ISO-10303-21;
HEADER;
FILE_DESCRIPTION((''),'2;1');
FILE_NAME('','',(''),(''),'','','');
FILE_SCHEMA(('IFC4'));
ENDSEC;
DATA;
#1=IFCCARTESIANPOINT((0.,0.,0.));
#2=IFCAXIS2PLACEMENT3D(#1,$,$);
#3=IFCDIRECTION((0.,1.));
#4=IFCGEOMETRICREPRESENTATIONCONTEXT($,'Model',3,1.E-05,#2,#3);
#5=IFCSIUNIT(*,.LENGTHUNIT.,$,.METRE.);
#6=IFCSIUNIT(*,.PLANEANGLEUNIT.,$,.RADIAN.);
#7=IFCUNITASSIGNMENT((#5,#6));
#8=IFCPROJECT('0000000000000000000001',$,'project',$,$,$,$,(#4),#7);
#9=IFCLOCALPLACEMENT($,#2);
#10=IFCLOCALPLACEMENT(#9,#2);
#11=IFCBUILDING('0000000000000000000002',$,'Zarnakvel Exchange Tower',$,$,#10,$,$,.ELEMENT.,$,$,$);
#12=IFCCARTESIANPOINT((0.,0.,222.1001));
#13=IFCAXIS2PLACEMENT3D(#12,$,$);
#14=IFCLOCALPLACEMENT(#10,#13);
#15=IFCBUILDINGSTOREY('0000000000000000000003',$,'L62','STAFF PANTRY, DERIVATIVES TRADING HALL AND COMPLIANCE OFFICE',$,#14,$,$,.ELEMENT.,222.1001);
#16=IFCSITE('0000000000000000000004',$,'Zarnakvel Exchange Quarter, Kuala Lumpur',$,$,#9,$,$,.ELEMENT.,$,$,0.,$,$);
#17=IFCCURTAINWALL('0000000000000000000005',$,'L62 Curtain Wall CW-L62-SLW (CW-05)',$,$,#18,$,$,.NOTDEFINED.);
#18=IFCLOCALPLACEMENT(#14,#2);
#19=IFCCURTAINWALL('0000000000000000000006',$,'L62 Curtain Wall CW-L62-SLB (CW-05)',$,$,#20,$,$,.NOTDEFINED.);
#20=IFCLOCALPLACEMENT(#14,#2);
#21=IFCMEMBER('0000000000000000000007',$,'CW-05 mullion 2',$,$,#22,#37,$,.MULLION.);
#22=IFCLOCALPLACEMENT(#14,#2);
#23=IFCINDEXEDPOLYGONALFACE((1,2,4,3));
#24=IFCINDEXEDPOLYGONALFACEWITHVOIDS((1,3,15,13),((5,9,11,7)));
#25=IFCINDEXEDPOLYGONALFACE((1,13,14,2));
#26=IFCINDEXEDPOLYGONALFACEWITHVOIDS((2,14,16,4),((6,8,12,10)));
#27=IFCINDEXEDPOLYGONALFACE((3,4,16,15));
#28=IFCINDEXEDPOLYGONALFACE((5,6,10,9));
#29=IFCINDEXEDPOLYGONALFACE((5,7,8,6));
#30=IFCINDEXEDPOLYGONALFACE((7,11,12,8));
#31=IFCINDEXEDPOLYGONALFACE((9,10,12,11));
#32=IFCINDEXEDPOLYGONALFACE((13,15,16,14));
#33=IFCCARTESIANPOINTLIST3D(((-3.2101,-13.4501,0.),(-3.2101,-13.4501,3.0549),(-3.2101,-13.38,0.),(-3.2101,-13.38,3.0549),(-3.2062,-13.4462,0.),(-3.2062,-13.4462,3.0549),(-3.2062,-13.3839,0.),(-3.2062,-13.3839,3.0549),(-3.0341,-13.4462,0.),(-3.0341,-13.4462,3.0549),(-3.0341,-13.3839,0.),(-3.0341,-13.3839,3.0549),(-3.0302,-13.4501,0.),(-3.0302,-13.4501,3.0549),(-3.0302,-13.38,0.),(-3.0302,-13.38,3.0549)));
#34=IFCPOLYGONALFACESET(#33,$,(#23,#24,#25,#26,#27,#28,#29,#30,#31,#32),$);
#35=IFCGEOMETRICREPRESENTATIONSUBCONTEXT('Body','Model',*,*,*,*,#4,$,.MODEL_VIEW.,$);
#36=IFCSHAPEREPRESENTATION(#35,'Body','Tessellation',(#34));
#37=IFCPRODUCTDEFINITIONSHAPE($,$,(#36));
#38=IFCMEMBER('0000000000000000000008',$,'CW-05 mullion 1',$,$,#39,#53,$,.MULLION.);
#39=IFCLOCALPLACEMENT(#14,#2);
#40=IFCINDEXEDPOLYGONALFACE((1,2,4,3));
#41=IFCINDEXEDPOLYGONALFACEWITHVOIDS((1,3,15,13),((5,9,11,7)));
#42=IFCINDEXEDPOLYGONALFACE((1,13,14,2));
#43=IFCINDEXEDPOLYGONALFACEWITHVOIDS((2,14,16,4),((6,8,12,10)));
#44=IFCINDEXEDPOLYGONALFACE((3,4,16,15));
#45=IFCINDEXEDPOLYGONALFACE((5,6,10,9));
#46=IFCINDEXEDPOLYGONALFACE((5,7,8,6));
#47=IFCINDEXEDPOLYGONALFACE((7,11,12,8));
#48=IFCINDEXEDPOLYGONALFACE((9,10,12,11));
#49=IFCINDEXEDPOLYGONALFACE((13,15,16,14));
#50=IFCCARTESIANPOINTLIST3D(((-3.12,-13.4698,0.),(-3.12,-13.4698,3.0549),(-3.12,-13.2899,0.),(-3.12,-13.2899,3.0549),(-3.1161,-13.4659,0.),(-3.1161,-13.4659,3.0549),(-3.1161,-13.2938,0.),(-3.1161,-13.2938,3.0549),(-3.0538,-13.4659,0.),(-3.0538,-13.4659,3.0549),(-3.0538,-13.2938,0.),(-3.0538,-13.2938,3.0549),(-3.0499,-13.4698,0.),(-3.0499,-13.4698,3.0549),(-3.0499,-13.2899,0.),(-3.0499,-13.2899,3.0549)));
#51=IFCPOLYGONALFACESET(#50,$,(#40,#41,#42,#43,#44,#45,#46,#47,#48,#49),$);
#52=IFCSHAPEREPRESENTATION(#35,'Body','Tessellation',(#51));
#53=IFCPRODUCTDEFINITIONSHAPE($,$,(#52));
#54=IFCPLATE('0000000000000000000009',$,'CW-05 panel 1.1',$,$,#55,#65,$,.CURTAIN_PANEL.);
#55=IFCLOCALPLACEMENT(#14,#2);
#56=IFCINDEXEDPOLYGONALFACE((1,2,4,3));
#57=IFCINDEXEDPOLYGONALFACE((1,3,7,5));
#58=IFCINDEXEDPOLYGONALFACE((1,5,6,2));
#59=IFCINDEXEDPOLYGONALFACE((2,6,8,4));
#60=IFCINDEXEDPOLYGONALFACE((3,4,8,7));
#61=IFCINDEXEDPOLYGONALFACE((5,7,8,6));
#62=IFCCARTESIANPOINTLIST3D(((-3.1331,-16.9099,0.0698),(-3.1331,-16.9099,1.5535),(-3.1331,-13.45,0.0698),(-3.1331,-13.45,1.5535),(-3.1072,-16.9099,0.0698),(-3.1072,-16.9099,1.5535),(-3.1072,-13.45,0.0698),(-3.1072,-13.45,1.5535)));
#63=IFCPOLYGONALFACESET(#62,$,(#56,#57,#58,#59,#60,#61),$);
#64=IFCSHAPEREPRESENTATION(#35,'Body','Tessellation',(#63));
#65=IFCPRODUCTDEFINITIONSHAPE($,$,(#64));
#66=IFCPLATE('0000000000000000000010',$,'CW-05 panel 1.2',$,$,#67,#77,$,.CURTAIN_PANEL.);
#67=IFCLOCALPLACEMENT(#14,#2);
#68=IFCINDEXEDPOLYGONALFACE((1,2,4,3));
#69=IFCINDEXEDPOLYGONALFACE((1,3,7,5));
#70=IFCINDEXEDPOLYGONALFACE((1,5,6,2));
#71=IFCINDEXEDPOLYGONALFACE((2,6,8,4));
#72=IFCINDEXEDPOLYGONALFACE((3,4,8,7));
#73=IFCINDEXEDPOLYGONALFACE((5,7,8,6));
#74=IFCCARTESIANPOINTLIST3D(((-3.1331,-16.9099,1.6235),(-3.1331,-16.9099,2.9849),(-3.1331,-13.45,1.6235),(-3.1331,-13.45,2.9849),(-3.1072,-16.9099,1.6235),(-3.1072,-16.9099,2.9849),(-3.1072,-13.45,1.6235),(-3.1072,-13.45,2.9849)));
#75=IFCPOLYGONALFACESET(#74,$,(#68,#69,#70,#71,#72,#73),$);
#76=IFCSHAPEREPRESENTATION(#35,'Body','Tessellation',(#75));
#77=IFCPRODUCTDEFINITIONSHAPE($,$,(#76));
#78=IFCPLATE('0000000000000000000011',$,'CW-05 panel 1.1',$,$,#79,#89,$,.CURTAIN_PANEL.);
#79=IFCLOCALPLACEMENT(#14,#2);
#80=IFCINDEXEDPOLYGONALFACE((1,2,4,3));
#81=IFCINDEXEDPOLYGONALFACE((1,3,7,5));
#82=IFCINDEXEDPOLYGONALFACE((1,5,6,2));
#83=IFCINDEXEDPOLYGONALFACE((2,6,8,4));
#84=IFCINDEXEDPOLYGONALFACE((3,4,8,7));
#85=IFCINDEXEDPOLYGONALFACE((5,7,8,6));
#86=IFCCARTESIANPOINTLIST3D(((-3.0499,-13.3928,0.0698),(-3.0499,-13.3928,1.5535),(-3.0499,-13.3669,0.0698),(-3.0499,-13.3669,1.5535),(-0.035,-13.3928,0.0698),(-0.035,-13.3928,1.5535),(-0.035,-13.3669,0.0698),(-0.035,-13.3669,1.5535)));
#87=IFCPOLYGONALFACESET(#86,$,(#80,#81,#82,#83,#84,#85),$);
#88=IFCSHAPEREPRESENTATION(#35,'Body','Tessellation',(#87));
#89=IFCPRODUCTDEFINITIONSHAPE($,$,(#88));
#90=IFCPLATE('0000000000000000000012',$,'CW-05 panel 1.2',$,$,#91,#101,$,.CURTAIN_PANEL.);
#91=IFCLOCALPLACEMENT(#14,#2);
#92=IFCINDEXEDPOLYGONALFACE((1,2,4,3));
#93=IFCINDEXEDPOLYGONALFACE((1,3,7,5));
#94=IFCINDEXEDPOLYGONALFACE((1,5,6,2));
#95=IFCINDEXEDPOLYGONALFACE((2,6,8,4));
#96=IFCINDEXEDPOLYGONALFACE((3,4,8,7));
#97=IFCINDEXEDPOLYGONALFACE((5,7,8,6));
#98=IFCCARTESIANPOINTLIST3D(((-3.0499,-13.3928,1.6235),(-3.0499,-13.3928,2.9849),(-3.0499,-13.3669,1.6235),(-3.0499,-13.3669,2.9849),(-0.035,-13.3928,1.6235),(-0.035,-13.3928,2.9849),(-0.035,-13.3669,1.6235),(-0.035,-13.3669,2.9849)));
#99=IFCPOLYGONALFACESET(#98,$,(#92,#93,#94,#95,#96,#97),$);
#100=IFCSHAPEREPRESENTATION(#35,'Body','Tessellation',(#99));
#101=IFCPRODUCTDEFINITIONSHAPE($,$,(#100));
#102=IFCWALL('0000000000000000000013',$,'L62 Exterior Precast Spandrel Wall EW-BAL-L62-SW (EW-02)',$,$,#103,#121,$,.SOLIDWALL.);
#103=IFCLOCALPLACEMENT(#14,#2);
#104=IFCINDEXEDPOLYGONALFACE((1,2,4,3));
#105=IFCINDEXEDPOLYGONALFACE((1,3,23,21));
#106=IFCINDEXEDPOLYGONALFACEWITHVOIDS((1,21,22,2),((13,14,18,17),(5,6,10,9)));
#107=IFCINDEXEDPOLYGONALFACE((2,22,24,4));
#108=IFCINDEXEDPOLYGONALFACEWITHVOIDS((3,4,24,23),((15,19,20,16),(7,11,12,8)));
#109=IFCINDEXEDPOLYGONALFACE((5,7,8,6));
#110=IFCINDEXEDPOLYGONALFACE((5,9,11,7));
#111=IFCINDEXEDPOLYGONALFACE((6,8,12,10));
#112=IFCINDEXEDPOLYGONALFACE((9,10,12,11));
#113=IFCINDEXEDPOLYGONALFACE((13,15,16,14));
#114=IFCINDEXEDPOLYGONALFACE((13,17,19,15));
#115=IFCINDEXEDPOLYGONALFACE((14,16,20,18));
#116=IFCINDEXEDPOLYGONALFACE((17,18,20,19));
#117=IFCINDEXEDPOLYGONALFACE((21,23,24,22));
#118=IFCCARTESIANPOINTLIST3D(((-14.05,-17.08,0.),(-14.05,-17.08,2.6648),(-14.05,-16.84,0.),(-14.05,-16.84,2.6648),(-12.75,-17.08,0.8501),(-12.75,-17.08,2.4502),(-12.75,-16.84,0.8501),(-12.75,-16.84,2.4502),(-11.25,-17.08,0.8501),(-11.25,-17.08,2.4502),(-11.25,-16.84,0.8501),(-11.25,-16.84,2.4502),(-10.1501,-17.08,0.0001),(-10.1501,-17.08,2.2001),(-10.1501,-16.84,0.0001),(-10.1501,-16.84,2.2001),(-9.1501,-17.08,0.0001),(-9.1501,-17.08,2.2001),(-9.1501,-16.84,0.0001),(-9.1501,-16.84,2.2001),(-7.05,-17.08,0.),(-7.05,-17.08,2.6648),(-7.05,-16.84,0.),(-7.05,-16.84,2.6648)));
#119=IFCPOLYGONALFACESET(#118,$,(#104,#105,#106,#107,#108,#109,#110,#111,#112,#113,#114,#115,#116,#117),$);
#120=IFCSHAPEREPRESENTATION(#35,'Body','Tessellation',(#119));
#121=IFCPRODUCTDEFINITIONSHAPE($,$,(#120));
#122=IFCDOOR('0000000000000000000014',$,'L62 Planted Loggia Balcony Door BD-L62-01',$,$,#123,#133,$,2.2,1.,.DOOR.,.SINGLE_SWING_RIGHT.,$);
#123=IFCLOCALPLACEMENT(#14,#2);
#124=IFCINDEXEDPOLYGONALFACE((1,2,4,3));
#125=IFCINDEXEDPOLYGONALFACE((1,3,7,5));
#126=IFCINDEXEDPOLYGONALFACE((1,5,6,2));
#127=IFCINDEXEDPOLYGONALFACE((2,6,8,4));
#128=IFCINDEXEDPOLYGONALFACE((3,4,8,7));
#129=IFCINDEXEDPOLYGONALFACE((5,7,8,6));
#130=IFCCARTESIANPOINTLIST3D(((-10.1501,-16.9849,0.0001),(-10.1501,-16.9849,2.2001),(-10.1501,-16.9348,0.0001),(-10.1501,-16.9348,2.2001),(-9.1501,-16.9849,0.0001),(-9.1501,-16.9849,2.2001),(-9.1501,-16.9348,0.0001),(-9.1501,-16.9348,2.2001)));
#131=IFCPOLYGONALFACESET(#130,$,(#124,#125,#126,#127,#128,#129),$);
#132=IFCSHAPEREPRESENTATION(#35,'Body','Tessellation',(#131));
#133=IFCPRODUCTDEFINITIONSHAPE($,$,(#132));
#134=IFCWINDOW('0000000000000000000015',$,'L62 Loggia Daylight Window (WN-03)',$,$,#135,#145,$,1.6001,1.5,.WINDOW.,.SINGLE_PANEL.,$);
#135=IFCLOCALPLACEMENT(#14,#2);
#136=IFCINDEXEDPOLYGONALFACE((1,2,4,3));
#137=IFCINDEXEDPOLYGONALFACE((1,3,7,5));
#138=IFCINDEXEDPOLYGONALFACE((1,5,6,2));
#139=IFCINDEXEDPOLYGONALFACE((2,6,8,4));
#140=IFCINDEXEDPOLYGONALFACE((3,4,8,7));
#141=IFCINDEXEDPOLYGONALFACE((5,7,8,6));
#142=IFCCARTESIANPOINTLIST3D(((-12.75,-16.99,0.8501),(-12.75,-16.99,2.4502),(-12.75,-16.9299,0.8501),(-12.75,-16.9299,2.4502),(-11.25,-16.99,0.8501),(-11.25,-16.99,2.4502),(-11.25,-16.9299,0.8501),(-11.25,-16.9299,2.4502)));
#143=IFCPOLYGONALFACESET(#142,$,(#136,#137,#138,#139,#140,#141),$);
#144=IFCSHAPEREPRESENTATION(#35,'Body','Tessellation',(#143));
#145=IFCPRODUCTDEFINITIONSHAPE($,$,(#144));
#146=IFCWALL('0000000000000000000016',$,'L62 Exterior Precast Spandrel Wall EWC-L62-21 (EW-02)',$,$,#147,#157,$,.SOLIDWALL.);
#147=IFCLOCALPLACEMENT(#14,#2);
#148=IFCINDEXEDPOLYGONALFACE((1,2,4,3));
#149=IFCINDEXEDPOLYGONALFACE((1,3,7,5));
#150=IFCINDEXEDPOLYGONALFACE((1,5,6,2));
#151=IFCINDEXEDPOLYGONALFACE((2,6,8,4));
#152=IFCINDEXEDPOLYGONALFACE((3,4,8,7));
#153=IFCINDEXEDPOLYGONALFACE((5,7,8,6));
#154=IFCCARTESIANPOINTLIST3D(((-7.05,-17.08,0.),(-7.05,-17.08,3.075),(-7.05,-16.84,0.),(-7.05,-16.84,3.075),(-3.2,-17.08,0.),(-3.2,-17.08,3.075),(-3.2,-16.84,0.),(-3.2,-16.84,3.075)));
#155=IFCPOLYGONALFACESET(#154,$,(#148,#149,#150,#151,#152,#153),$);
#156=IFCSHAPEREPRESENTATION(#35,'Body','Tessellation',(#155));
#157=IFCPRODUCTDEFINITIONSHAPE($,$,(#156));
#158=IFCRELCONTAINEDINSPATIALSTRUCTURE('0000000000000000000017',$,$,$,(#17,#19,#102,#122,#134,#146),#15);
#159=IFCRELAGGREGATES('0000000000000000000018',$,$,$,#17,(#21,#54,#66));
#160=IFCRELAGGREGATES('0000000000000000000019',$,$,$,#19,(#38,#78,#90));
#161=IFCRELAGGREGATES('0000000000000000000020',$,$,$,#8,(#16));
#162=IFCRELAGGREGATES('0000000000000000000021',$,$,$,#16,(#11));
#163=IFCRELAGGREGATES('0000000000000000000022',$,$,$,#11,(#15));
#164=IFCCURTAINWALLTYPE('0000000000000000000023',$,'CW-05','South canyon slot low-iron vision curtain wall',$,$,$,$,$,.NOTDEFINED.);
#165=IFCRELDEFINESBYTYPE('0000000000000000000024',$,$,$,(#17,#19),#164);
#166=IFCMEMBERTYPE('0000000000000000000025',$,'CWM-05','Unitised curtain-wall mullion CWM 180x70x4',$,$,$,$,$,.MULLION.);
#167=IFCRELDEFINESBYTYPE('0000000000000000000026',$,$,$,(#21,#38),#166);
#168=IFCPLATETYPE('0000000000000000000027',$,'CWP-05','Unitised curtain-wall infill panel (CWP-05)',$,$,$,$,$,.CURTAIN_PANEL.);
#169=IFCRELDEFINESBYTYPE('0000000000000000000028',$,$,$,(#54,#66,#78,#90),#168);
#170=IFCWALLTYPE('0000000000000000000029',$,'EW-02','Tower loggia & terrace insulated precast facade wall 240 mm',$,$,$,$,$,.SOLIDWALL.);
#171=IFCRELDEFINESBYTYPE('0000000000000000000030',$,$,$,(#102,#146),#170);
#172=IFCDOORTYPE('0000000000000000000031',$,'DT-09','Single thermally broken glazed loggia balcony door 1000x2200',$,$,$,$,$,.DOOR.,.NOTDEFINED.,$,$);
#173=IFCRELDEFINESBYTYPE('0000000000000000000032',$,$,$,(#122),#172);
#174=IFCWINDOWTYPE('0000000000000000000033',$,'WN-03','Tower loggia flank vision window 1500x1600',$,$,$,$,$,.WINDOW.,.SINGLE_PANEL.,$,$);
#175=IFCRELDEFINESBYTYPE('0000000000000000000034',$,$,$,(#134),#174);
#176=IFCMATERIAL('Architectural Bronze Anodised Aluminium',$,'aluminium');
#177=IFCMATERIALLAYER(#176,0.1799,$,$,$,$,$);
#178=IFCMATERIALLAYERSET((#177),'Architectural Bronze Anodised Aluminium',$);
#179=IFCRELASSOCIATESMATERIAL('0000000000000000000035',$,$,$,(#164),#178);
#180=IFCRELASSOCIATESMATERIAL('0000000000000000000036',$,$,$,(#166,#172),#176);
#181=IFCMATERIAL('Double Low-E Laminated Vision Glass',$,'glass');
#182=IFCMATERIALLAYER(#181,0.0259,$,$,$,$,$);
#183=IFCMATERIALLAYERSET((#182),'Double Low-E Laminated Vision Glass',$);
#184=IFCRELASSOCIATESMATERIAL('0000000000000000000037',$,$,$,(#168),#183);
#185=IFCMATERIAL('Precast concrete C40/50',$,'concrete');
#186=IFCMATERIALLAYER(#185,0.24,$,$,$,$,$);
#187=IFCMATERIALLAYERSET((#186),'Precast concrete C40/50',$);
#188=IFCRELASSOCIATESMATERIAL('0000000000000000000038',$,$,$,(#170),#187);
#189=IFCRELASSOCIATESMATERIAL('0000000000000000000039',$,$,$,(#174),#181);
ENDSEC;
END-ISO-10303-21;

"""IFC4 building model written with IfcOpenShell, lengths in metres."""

from ifc_helpers import new_model, si_unit, direction, frame, frame_2d, origin, origin_2d, place, context, subcontext, project, spatial, rectangle, hollow_rectangle, extrude, source, transform, mapped, material, layer, layer_set, material_profile, profile_set, type_object, element, fill, aggregate, save


model = new_model("IFC4")

# Units and contexts
model_context = context("Model", 3, precision=1e-05, world=origin(), true_north=direction((0.0, 1.0)))
body_context = subcontext(model_context, "Body", "Model", "MODEL_VIEW")
ifc_project = project(units=[si_unit("LENGTHUNIT", "METRE"), si_unit("PLANEANGLEUNIT", "RADIAN")], contexts=[model_context])

# Site, building, storey
site_placement = place(None, origin())
site = spatial("IfcSite", under=ifc_project, at=site_placement, Name="Zarnakvel Exchange Quarter, Kuala Lumpur", CompositionType="ELEMENT", RefElevation=0.0)
building_placement = place(site_placement, origin())
building = spatial("IfcBuilding", under=site, at=building_placement, Name="Zarnakvel Exchange Tower", CompositionType="ELEMENT")
storey_placement = place(building_placement, frame((0.0, 0.0, 222.1001)))
storey = spatial("IfcBuildingStorey", under=building, at=storey_placement, Name="L62", Description="STAFF PANTRY, DERIVATIVES TRADING HALL AND COMPLIANCE OFFICE", CompositionType="ELEMENT", Elevation=222.1001)

# Curtain walls
ifc_material_1 = material(Name="Architectural Bronze Anodised Aluminium", Category="aluminium")
ifc_layer_1 = layer(ifc_material_1, 0.1799)
ifc_layer_set_1 = layer_set([ifc_layer_1], Name="Architectural Bronze Anodised Aluminium")
curtain_wall_type = type_object("IfcCurtainWallType", Name="CW-05", Description="South canyon slot low-iron vision curtain wall", PredefinedType="NOTDEFINED", material=ifc_layer_set_1)
curtain_wall_1_placement = place(storey_placement, origin())
curtain_wall_1 = element("IfcCurtainWall", 1, at=curtain_wall_1_placement, inside=storey, type_object=curtain_wall_type, Name="L62 Curtain Wall CW-L62-SLW (CW-05)", PredefinedType="NOTDEFINED")
curtain_wall_2_placement = place(storey_placement, origin())
curtain_wall_2 = element("IfcCurtainWall", 2, at=curtain_wall_2_placement, inside=storey, type_object=curtain_wall_type, Name="L62 Curtain Wall CW-L62-SLB (CW-05)", PredefinedType="NOTDEFINED")

# Members
ifc_material_profile_1 = material_profile(ifc_material_1, hollow_rectangle(XDim=0.1799, YDim=0.0701, WallThickness=0.0039, at=origin_2d()))
ifc_profile_set_1 = profile_set([ifc_material_profile_1], Name="Architectural Bronze Anodised Aluminium")
member_type_1 = type_object("IfcMemberType", Name="CWM-05", Description="Unitised curtain-wall mullion CWM 180x70x4", PredefinedType="MULLION", material=ifc_profile_set_1)
shared_shape_1 = source(origin(), body_context, "Body", "SweptSolid", [
    extrude(hollow_rectangle(XDim=0.1799, YDim=0.0701, WallThickness=0.0039, at=origin_2d()), origin(), (0.0, 0.0, 1.0), 3.0549),
])
member_1_placement = place(storey_placement, frame((-3.1201, -13.415, 0.0), z_axis=(0.0, 0.0, 1.0), x_axis=(-1.0, 0.0, 0.0)))
member_1 = element("IfcMember", 3, at=member_1_placement, type_object=member_type_1, Name="CW-05 mullion 2", PredefinedType="MULLION", context=body_context, shape_type="MappedRepresentation", body=[
    mapped(shared_shape_1, transform((0.0, 0.0, 0.0), x_axis=(1.0, 0.0, 0.0), y_axis=(0.0, 1.0, 0.0), z_axis=(0.0, 0.0, 1.0), scale=1.0)),
])
member_2_placement = place(storey_placement, frame((-3.085, -13.3799, 0.0), z_axis=(0.0, 0.0, 1.0), x_axis=(0.0, 1.0, 0.0)))
member_2 = element("IfcMember", 4, at=member_2_placement, type_object=member_type_1, Name="CW-05 mullion 1", PredefinedType="MULLION", context=body_context, shape_type="MappedRepresentation", body=[
    mapped(shared_shape_1, transform((0.0, 0.0, 0.0), x_axis=(1.0, 0.0, 0.0), y_axis=(0.0, 1.0, 0.0), z_axis=(0.0, 0.0, 1.0), scale=1.0)),
])

# Plates
ifc_material_2 = material(Name="Double Low-E Laminated Vision Glass", Category="glass")
ifc_layer_2 = layer(ifc_material_2, 0.0259)
ifc_layer_set_2 = layer_set([ifc_layer_2], Name="Double Low-E Laminated Vision Glass")
plate_type = type_object("IfcPlateType", Name="CWP-05", Description="Unitised curtain-wall infill panel (CWP-05)", PredefinedType="CURTAIN_PANEL", material=ifc_layer_set_2)
shared_shape_2 = source(origin(), body_context, "Body", "SweptSolid", [
    extrude(rectangle(XDim=3.46, YDim=0.0259, at=origin_2d()), origin(), (0.0, 0.0, 1.0), 1.4836),
])
plate_1_placement = place(storey_placement, frame((-3.1201, -15.1799, 0.0698), z_axis=(0.0, 0.0, 1.0), x_axis=(0.0, 1.0, 0.0)))
plate_1 = element("IfcPlate", 5, at=plate_1_placement, type_object=plate_type, Name="CW-05 panel 1.1", PredefinedType="CURTAIN_PANEL", context=body_context, shape_type="MappedRepresentation", body=[
    mapped(shared_shape_2, transform((0.0, 0.0, 0.0), x_axis=(1.0, 0.0, 0.0), y_axis=(0.0, 1.0, 0.0), z_axis=(0.0, 0.0, 1.0), scale=1.0)),
])
shared_shape_3 = source(origin(), body_context, "Body", "SweptSolid", [
    extrude(rectangle(XDim=3.46, YDim=0.0259, at=origin_2d()), origin(), (0.0, 0.0, 1.0), 1.3613),
])
plate_2_placement = place(storey_placement, frame((-3.1201, -15.1799, 1.6235), z_axis=(0.0, 0.0, 1.0), x_axis=(0.0, 1.0, 0.0)))
plate_2 = element("IfcPlate", 6, at=plate_2_placement, type_object=plate_type, Name="CW-05 panel 1.2", PredefinedType="CURTAIN_PANEL", context=body_context, shape_type="MappedRepresentation", body=[
    mapped(shared_shape_3, transform((0.0, 0.0, 0.0), x_axis=(1.0, 0.0, 0.0), y_axis=(0.0, 1.0, 0.0), z_axis=(0.0, 0.0, 1.0), scale=1.0)),
])
aggregate(curtain_wall_1, [member_1, plate_1, plate_2])
shared_shape_4 = source(origin(), body_context, "Body", "SweptSolid", [
    extrude(rectangle(XDim=3.0149, YDim=0.0259, at=origin_2d()), origin(), (0.0, 0.0, 1.0), 1.4836),
])
plate_3_placement = place(storey_placement, frame((-1.5425, -13.3799, 0.0698), z_axis=(0.0, 0.0, 1.0), x_axis=(1.0, 0.0, 0.0)))
plate_3 = element("IfcPlate", 7, at=plate_3_placement, type_object=plate_type, Name="CW-05 panel 1.1", PredefinedType="CURTAIN_PANEL", context=body_context, shape_type="MappedRepresentation", body=[
    mapped(shared_shape_4, transform((0.0, 0.0, 0.0), x_axis=(1.0, 0.0, 0.0), y_axis=(0.0, 1.0, 0.0), z_axis=(0.0, 0.0, 1.0), scale=1.0)),
])
shared_shape_5 = source(origin(), body_context, "Body", "SweptSolid", [
    extrude(rectangle(XDim=3.0149, YDim=0.0259, at=origin_2d()), origin(), (0.0, 0.0, 1.0), 1.3613),
])
plate_4_placement = place(storey_placement, frame((-1.5425, -13.3799, 1.6235), z_axis=(0.0, 0.0, 1.0), x_axis=(1.0, 0.0, 0.0)))
plate_4 = element("IfcPlate", 8, at=plate_4_placement, type_object=plate_type, Name="CW-05 panel 1.2", PredefinedType="CURTAIN_PANEL", context=body_context, shape_type="MappedRepresentation", body=[
    mapped(shared_shape_5, transform((0.0, 0.0, 0.0), x_axis=(1.0, 0.0, 0.0), y_axis=(0.0, 1.0, 0.0), z_axis=(0.0, 0.0, 1.0), scale=1.0)),
])
aggregate(curtain_wall_2, [member_2, plate_3, plate_4])

# Wall, openings, door, window
ifc_material_3 = material(Name="Precast concrete C40/50", Category="concrete")
ifc_layer_3 = layer(ifc_material_3, 0.24)
ifc_layer_set_3 = layer_set([ifc_layer_3], Name="Precast concrete C40/50")
wall_type_1 = type_object("IfcWallType", Name="EW-02", Description="Tower loggia & terrace insulated precast facade wall 240 mm", PredefinedType="SOLIDWALL", material=ifc_layer_set_3)
wall_1_placement = place(storey_placement, frame((-7.05, -16.96, 0.0), z_axis=(0.0, 0.0, 1.0), x_axis=(-1.0, 0.0, 0.0)))
wall_1 = element("IfcWall", 9, at=wall_1_placement, inside=storey, type_object=wall_type_1, Name="L62 Exterior Precast Spandrel Wall EW-BAL-L62-SW (EW-02)", PredefinedType="SOLIDWALL", context=body_context, shape_type="SweptSolid", body=[
    extrude(rectangle(XDim=7.0, YDim=0.24, at=frame_2d((3.5, 0.0))), origin(), (0.0, 0.0, 1.0), 2.6648),
])
opening_1_placement = place(wall_1_placement, frame((2.1001, 0.0, 0.0)))
opening_1 = element("IfcOpeningElement", 10, at=opening_1_placement, cuts=wall_1, PredefinedType="OPENING", context=body_context, shape_type="SweptSolid", body=[
    extrude(rectangle(XDim=1.0, YDim=2.2, at=frame_2d((0.5, 1.1001))), frame((0.0, 0.1299, 0.0), z_axis=(0.0, -1.0, 0.0), x_axis=(1.0, 0.0, 0.0)), (0.0, 0.0, 1.0), 0.26),
])
opening_2_placement = place(wall_1_placement, frame((4.2, 0.0, 0.8501)))
opening_2 = element("IfcOpeningElement", 11, at=opening_2_placement, cuts=wall_1, PredefinedType="OPENING", context=body_context, shape_type="SweptSolid", body=[
    extrude(rectangle(XDim=1.5, YDim=1.6001, at=frame_2d((0.75, 0.8))), frame((0.0, 0.1299, 0.0), z_axis=(0.0, -1.0, 0.0), x_axis=(1.0, 0.0, 0.0)), (0.0, 0.0, 1.0), 0.26),
])
door_type_1 = type_object("IfcDoorType", Name="DT-09", Description="Single thermally broken glazed loggia balcony door 1000x2200", OperationType="NOTDEFINED", PredefinedType="DOOR", material=ifc_material_1)
shared_shape_6 = source(origin(), body_context, "Body", "SweptSolid", [
    extrude(rectangle(XDim=1.0, YDim=2.2, at=frame_2d((0.5, 1.1001))), frame((0.0, 0.0249, 0.0), z_axis=(0.0, -1.0, 0.0), x_axis=(1.0, 0.0, 0.0)), (0.0, 0.0, 1.0), 0.05),
])
door_1_placement = place(opening_1_placement, origin())
door_1 = element("IfcDoor", 12, at=door_1_placement, inside=storey, type_object=door_type_1, Name="L62 Planted Loggia Balcony Door BD-L62-01", OperationType="SINGLE_SWING_RIGHT", OverallHeight=2.2, OverallWidth=1.0, PredefinedType="DOOR", context=body_context, shape_type="MappedRepresentation", body=[
    mapped(shared_shape_6, transform((0.0, 0.0, 0.0), x_axis=(1.0, 0.0, 0.0), y_axis=(0.0, 1.0, 0.0), z_axis=(0.0, 0.0, 1.0), scale=1.0)),
])
fill(opening_1, door_1)
window_type = type_object("IfcWindowType", Name="WN-03", Description="Tower loggia flank vision window 1500x1600", PartitioningType="SINGLE_PANEL", PredefinedType="WINDOW", material=ifc_material_2)
shared_shape_7 = source(origin(), body_context, "Body", "SweptSolid", [
    extrude(rectangle(XDim=1.5, YDim=1.6001, at=frame_2d((0.75, 0.8))), frame((0.0, 0.03, 0.0), z_axis=(0.0, -1.0, 0.0), x_axis=(1.0, 0.0, 0.0)), (0.0, 0.0, 1.0), 0.0601),
])
window_placement = place(opening_2_placement, origin())
window = element("IfcWindow", 13, at=window_placement, inside=storey, type_object=window_type, Name="L62 Loggia Daylight Window (WN-03)", OverallHeight=1.6001, OverallWidth=1.5, PartitioningType="SINGLE_PANEL", PredefinedType="WINDOW", context=body_context, shape_type="MappedRepresentation", body=[
    mapped(shared_shape_7, transform((0.0, 0.0, 0.0), x_axis=(1.0, 0.0, 0.0), y_axis=(0.0, 1.0, 0.0), z_axis=(0.0, 0.0, 1.0), scale=1.0)),
])
fill(opening_2, window)

# Wall
wall_2_placement = place(storey_placement, frame((-7.05, -16.96, 0.0), z_axis=(0.0, 0.0, 1.0), x_axis=(1.0, 0.0, 0.0)))
element("IfcWall", 14, at=wall_2_placement, inside=storey, type_object=wall_type_1, Name="L62 Exterior Precast Spandrel Wall EWC-L62-21 (EW-02)", PredefinedType="SOLIDWALL", context=body_context, shape_type="SweptSolid", body=[
    extrude(rectangle(XDim=3.8501, YDim=0.24, at=frame_2d((1.925, 0.0))), origin(), (0.0, 0.0, 1.0), 3.075),
])

save(model, "model.ifc")
